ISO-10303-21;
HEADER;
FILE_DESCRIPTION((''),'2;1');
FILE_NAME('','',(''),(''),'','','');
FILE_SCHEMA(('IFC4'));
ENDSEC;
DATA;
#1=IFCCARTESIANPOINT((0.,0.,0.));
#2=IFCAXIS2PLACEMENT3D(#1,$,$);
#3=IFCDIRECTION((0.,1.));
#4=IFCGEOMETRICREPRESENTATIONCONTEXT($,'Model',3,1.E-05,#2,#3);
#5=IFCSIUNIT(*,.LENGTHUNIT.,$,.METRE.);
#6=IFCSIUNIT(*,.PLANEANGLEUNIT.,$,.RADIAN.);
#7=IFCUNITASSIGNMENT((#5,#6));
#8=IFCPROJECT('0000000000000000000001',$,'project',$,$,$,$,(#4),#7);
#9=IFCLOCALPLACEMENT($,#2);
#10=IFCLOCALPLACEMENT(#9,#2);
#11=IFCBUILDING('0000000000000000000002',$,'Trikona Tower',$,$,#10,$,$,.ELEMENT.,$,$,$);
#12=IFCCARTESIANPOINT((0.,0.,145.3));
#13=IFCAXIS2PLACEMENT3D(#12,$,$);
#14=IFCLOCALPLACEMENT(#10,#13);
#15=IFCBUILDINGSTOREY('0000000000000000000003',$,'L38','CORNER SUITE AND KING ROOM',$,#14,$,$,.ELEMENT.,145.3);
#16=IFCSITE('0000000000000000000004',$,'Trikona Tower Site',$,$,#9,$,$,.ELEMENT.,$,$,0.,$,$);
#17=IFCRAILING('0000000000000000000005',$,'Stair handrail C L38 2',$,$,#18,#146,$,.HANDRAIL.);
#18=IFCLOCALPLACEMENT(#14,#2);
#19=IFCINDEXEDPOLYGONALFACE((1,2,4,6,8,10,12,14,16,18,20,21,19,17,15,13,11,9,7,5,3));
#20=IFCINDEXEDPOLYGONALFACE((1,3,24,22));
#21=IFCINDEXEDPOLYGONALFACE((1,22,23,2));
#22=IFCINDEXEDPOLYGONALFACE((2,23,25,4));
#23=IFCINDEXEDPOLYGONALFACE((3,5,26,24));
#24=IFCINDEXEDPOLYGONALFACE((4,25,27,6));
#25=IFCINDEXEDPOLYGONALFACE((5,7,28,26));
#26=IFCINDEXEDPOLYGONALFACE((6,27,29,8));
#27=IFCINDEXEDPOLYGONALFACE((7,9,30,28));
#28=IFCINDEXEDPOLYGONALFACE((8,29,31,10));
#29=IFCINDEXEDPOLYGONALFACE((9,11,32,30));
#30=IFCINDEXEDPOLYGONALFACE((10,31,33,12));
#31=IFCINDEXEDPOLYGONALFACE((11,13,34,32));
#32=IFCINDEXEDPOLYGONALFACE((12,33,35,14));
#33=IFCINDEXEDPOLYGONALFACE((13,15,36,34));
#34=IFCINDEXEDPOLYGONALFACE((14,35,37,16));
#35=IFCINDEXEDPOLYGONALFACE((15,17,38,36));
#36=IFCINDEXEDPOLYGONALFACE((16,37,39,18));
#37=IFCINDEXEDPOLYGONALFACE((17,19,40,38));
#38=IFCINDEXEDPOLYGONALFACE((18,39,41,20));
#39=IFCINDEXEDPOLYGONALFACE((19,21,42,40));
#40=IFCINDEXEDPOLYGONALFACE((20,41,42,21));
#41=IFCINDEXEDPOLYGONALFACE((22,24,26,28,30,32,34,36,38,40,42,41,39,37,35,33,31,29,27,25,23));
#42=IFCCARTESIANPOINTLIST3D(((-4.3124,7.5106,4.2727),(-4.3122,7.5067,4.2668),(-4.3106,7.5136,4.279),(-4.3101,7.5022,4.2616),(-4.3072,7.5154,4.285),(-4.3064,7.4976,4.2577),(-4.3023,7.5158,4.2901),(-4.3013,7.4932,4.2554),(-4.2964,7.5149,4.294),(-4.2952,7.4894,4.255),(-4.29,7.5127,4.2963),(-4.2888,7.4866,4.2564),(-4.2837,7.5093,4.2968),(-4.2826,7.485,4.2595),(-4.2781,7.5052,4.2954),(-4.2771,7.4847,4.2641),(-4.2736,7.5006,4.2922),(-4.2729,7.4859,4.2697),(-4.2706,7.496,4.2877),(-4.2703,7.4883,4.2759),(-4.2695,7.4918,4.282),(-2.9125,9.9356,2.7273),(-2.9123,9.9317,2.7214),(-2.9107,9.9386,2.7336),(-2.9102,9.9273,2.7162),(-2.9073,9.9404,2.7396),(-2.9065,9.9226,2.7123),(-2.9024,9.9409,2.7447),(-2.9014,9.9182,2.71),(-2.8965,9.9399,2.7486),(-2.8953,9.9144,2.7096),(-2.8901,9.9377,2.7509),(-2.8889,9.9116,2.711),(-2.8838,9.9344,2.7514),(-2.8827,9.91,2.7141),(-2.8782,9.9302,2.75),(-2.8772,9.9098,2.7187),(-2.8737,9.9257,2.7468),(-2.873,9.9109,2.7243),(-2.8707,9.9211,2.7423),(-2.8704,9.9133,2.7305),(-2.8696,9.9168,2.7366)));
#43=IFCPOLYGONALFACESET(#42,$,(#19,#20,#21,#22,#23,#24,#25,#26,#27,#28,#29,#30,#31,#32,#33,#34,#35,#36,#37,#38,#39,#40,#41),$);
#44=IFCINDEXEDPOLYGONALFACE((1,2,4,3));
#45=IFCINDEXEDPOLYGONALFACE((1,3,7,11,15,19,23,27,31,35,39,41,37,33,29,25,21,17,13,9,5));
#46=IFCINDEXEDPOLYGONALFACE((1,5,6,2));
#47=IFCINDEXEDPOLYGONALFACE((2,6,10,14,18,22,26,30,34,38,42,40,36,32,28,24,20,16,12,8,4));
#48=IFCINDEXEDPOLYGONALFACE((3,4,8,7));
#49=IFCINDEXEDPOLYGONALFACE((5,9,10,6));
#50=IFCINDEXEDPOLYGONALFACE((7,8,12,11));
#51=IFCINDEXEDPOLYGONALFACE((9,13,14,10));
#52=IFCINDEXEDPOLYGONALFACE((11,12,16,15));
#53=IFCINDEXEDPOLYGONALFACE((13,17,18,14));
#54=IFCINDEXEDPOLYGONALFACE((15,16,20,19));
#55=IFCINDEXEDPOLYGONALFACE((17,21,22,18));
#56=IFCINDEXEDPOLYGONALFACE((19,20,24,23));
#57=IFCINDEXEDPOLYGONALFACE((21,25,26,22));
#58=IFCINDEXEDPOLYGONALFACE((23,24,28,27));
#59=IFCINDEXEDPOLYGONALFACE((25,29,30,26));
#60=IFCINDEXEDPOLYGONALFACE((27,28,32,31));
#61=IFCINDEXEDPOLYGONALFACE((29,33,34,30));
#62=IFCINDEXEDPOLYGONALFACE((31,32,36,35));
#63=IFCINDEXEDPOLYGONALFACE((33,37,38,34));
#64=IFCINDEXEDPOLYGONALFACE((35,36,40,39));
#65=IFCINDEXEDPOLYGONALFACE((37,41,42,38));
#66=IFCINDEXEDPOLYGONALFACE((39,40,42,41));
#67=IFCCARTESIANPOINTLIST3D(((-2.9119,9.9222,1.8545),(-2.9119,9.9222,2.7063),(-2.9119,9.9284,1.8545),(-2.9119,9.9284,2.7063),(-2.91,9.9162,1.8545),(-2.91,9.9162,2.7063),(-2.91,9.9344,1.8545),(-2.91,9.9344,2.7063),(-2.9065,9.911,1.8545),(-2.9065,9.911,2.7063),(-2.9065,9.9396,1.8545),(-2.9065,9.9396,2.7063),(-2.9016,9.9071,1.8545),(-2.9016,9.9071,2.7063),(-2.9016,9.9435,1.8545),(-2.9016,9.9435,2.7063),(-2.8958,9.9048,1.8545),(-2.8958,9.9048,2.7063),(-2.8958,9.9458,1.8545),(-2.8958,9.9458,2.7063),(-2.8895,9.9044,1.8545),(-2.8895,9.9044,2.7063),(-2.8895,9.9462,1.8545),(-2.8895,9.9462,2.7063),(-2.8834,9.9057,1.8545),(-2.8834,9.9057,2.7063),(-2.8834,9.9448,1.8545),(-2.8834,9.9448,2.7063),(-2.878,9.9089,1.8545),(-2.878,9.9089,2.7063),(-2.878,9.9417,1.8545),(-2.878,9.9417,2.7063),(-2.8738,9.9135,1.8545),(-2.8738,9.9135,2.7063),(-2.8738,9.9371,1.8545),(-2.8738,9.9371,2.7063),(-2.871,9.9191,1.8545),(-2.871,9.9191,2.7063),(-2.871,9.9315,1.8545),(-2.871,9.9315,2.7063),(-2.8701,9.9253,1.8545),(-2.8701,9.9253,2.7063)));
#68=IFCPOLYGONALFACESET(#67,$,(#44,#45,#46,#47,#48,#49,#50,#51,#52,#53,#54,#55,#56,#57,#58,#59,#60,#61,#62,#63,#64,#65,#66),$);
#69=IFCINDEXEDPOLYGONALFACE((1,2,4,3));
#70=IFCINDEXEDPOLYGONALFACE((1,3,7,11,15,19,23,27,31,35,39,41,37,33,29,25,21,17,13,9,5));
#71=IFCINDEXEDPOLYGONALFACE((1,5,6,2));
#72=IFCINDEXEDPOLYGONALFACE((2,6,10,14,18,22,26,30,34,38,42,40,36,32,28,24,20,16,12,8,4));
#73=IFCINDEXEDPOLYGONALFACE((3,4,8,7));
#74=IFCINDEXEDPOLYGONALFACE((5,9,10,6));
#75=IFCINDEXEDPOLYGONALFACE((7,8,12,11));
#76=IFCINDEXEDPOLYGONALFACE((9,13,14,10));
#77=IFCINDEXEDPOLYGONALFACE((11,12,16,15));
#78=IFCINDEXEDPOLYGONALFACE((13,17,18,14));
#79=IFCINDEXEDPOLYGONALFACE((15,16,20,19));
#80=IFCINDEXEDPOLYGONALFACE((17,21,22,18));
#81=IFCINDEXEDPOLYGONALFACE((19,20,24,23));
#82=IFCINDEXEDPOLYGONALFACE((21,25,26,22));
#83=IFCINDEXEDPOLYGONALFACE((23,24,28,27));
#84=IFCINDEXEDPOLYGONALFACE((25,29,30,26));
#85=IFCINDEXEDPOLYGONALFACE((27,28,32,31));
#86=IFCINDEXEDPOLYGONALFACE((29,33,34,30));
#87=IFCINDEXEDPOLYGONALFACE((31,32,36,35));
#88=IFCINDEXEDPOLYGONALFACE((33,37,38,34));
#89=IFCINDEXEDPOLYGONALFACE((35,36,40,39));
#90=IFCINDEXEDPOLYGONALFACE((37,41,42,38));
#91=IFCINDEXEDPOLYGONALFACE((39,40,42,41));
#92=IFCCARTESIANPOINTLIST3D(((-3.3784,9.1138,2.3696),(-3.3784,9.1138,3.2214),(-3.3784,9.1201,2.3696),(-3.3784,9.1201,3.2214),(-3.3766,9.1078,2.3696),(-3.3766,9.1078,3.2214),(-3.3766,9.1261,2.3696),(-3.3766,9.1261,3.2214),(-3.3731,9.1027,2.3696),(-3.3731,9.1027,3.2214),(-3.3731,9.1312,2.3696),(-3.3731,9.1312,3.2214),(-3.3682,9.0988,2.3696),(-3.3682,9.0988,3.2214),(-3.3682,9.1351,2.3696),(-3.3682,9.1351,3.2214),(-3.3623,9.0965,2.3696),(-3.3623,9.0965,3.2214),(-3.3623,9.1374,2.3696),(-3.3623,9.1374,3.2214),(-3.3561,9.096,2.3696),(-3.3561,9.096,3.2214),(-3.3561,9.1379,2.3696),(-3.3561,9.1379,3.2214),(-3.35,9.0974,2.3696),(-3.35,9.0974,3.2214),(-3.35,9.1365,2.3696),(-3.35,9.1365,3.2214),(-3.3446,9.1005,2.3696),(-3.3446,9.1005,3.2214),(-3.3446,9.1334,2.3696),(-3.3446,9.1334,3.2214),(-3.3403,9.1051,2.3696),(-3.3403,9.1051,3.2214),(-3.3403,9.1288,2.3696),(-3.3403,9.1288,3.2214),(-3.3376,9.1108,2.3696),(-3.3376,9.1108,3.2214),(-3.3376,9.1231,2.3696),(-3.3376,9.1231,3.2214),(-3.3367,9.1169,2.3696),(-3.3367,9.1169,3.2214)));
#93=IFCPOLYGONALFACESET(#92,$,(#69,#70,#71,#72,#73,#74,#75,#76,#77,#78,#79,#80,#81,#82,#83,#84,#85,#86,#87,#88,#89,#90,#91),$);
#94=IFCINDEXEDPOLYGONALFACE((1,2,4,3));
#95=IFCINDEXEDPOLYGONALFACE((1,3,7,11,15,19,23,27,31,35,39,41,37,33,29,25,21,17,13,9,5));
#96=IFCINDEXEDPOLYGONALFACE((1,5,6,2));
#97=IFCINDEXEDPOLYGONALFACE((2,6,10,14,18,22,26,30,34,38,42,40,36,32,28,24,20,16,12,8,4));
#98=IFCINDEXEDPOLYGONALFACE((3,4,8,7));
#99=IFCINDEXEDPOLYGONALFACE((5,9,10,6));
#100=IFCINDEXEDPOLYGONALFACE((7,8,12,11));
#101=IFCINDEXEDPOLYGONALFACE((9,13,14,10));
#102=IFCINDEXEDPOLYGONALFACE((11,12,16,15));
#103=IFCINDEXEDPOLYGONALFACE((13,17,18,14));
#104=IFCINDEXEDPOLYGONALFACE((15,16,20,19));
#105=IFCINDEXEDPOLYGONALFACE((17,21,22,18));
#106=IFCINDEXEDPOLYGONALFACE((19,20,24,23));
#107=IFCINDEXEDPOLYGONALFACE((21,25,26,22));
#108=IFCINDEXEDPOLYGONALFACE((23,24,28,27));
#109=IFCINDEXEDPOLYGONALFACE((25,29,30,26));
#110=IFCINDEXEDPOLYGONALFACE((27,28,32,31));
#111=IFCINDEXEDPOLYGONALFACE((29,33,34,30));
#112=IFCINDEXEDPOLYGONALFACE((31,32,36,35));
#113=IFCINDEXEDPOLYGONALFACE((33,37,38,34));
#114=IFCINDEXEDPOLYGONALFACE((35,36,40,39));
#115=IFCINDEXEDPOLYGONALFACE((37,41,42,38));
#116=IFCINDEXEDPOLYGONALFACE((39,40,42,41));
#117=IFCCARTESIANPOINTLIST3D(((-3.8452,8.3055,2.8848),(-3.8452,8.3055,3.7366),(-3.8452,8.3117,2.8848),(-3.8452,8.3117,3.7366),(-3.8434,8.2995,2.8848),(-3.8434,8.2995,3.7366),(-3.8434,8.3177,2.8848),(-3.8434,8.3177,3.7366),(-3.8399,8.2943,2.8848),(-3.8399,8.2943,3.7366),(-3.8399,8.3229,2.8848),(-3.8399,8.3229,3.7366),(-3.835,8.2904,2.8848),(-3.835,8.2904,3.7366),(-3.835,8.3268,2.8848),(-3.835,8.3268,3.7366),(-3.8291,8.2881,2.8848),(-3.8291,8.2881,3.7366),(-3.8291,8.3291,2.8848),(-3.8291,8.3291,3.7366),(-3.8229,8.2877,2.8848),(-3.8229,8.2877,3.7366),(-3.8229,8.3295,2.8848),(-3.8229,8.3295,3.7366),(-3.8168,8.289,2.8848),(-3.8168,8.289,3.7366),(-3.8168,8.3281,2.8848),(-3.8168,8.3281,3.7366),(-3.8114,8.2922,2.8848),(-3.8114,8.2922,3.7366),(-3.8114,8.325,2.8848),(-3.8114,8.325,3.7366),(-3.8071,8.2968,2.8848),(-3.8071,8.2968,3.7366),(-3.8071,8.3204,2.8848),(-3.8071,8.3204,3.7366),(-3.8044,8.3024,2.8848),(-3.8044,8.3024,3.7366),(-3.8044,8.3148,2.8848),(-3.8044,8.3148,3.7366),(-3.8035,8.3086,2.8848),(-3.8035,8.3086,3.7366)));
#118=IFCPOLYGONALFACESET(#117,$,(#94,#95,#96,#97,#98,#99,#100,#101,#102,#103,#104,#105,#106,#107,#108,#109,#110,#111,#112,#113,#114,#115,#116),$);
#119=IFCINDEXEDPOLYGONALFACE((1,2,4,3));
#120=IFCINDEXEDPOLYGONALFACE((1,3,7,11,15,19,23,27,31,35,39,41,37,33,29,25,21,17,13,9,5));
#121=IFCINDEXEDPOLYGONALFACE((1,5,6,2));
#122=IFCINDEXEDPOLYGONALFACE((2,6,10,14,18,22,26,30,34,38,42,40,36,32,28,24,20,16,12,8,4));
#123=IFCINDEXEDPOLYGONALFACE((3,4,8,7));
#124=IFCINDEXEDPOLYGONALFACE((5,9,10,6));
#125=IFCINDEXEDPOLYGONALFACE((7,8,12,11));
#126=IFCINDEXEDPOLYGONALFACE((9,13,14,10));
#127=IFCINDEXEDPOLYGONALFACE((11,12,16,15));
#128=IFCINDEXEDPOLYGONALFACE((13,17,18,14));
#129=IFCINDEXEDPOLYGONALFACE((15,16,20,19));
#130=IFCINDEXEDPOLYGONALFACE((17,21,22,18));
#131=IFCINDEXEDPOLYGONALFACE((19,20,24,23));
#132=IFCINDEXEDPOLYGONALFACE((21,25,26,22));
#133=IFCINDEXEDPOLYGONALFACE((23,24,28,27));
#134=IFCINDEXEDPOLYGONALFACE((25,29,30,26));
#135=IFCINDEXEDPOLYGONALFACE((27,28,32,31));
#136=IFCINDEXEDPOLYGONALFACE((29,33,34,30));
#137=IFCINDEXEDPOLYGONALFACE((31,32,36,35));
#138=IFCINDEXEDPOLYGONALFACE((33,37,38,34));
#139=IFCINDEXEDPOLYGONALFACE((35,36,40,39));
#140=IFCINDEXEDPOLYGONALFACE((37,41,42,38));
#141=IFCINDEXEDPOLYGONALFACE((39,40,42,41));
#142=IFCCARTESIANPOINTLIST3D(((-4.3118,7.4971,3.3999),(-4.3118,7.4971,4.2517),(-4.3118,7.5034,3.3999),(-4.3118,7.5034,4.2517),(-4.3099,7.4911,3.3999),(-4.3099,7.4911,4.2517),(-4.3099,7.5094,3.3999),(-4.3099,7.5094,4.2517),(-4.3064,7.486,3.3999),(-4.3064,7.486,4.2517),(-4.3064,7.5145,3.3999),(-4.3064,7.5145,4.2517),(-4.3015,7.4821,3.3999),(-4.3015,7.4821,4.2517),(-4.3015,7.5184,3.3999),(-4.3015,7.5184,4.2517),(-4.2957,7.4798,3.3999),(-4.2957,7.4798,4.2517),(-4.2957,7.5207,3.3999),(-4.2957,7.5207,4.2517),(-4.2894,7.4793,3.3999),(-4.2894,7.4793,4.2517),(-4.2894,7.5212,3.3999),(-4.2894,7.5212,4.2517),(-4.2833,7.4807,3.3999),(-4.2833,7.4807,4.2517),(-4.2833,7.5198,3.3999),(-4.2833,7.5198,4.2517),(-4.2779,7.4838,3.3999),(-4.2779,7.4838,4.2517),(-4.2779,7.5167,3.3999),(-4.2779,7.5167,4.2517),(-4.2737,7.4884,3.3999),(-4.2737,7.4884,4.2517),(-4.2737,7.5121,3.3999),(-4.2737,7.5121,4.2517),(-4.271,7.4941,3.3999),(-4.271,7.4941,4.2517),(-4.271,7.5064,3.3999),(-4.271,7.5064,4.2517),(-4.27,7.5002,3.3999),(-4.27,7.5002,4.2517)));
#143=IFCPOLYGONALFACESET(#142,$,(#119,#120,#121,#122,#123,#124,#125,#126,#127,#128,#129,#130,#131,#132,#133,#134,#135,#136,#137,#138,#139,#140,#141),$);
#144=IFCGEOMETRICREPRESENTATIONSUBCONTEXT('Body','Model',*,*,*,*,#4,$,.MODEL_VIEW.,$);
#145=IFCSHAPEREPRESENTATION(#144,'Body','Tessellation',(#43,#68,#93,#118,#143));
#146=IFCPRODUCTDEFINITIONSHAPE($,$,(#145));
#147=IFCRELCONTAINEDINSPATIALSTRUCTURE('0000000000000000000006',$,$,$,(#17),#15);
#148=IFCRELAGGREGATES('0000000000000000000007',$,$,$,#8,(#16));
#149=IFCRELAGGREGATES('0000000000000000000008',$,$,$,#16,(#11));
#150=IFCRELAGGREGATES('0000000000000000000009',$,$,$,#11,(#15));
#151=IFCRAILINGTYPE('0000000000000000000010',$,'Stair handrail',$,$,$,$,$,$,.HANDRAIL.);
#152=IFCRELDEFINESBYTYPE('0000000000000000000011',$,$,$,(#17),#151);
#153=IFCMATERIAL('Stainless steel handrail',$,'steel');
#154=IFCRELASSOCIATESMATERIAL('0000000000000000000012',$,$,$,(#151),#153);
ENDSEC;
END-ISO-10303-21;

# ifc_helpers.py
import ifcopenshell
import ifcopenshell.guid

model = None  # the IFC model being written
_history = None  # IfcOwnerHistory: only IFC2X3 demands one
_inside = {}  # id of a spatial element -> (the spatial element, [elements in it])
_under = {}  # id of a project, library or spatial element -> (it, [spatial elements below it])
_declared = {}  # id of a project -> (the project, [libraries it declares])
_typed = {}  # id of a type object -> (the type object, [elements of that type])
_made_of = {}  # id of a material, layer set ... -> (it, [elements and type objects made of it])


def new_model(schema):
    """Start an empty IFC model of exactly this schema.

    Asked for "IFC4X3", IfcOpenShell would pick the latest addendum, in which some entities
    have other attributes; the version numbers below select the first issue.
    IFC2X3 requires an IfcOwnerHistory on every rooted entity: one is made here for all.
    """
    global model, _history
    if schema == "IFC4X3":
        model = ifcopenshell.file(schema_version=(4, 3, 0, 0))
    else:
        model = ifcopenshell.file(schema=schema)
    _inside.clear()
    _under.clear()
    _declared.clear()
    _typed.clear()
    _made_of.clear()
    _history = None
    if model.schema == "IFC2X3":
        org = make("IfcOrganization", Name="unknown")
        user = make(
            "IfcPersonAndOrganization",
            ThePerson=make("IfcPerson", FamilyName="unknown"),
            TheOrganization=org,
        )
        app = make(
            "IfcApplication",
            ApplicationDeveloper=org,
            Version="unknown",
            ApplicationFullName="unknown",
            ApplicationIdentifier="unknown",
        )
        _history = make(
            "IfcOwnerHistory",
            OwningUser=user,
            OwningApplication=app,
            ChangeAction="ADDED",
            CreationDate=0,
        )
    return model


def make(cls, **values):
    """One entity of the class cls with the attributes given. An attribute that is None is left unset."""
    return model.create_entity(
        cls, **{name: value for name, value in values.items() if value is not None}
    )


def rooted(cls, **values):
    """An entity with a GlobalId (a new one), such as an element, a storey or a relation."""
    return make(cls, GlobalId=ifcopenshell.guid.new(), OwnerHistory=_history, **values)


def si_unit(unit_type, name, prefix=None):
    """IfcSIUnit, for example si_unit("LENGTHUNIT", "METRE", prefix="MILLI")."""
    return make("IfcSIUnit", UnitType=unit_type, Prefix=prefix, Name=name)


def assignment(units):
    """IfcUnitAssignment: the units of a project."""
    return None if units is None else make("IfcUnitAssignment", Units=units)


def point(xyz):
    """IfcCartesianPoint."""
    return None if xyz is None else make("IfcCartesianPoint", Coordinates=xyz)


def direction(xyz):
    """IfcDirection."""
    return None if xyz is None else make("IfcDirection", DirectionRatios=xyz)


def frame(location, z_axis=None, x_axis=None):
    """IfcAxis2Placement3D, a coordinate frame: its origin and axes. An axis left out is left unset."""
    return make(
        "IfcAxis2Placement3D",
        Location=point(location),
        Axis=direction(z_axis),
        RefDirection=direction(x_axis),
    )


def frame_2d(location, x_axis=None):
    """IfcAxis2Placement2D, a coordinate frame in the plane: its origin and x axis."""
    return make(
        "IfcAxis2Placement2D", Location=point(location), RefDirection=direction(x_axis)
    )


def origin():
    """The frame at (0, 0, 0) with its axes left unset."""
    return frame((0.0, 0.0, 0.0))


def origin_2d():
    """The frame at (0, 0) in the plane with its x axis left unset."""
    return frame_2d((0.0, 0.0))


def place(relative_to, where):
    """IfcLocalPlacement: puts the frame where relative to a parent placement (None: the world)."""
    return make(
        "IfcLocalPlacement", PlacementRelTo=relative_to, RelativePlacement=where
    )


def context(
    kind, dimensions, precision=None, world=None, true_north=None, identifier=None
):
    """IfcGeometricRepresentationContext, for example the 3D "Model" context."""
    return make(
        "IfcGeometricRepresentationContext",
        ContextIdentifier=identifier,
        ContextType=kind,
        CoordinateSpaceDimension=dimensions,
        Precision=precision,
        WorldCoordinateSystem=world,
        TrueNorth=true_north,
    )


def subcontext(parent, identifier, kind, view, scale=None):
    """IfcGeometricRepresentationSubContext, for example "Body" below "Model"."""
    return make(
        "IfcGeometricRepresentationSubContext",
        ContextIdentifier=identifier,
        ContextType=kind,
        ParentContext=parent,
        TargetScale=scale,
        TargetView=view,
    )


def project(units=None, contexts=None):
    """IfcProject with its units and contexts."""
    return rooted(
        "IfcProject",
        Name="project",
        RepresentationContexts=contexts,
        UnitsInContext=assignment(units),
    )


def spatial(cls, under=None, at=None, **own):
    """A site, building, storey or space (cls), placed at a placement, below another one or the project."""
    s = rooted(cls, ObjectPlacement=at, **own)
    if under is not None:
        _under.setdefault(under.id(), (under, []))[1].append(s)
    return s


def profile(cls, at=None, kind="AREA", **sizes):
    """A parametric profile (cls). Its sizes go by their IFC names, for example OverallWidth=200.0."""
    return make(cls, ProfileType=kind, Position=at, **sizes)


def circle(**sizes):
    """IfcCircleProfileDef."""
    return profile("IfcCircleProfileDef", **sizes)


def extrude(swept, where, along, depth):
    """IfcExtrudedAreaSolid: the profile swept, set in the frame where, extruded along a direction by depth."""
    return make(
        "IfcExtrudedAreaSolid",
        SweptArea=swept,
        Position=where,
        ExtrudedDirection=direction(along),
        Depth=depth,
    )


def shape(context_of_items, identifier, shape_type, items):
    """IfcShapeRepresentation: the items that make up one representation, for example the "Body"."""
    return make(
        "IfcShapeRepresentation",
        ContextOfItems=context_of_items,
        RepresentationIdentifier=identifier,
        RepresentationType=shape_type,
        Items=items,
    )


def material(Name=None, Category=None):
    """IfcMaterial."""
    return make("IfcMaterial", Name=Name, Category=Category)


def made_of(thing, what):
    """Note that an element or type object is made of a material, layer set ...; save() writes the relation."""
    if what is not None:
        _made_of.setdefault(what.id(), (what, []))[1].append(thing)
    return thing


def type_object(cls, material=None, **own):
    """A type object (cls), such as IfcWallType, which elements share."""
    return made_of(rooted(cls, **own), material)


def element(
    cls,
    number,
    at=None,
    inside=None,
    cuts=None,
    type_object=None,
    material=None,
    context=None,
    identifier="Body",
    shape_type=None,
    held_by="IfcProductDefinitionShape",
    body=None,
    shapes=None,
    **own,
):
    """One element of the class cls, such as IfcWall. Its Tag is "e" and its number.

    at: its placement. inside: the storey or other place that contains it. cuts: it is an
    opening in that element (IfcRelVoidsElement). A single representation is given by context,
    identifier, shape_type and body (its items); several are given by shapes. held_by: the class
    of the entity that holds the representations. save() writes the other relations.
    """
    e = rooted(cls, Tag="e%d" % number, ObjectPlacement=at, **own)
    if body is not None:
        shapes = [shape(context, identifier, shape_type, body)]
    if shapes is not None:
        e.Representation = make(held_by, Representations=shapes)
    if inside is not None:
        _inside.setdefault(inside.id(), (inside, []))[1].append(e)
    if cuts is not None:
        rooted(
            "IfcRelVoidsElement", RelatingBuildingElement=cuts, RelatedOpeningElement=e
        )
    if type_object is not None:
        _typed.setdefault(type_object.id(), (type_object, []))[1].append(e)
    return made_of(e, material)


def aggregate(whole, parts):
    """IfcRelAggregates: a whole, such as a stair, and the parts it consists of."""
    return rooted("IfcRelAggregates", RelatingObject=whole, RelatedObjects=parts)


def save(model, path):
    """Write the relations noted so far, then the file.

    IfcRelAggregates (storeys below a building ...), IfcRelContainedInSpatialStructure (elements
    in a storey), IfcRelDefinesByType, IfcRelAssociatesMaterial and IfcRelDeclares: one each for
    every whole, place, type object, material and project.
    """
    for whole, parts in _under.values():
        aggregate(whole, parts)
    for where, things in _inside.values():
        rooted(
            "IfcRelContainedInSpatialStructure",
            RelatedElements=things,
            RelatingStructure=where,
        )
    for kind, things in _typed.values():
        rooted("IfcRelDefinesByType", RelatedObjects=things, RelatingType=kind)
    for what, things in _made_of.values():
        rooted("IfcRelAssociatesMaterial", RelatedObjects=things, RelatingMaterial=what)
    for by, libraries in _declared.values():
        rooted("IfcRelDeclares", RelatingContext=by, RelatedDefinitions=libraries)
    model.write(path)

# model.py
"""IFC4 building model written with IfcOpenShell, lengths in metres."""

from ifc_helpers import new_model, si_unit, direction, frame, origin, origin_2d, place, context, subcontext, project, spatial, circle, extrude, material, type_object, element, save


model = new_model("IFC4")

# Units and contexts
model_context = context("Model", 3, precision=1e-05, world=origin(), true_north=direction((0.0, 1.0)))
body_context = subcontext(model_context, "Body", "Model", "MODEL_VIEW")
ifc_project = project(units=[si_unit("LENGTHUNIT", "METRE"), si_unit("PLANEANGLEUNIT", "RADIAN")], contexts=[model_context])

# Site, building, storey
site_placement = place(None, origin())
site = spatial("IfcSite", under=ifc_project, at=site_placement, Name="Trikona Tower Site", CompositionType="ELEMENT", RefElevation=0.0)
building_placement = place(site_placement, origin())
building = spatial("IfcBuilding", under=site, at=building_placement, Name="Trikona Tower", CompositionType="ELEMENT")
storey_placement = place(building_placement, frame((0.0, 0.0, 145.3)))
storey = spatial("IfcBuildingStorey", under=building, at=storey_placement, Name="L38", Description="CORNER SUITE AND KING ROOM", CompositionType="ELEMENT", Elevation=145.3)

# Railing
ifc_material_1 = material(Name="Stainless steel handrail", Category="steel")
railing_type = type_object("IfcRailingType", Name="Stair handrail", PredefinedType="HANDRAIL", material=ifc_material_1)
railing_1_placement = place(storey_placement, frame((-2.8911, 9.9253, 1.8545)))
element("IfcRailing", 1, at=railing_1_placement, inside=storey, type_object=railing_type, Name="Stair handrail C L38 2", PredefinedType="HANDRAIL", context=body_context, shape_type="SweptSolid", body=[
    extrude(circle(Radius=0.0239, at=origin_2d()), frame((0.0, 0.0, 0.876), z_axis=(-0.437707, -0.75824, 0.483203), x_axis=(0.866056, -0.499946, 0.0)), (0.0, 0.0, 1.0), 3.1982),
    extrude(circle(Radius=0.021, at=origin_2d()), origin(), (0.0, 0.0, 1.0), 0.8518),
    extrude(circle(Radius=0.021, at=origin_2d()), frame((-0.4666, -0.8083, 0.5151)), (0.0, 0.0, 1.0), 0.8518),
    extrude(circle(Radius=0.021, at=origin_2d()), frame((-0.9333, -1.6167, 1.0303)), (0.0, 0.0, 1.0), 0.8518),
    extrude(circle(Radius=0.021, at=origin_2d()), frame((-1.3999, -2.425, 1.5454)), (0.0, 0.0, 1.0), 0.8518),
])

save(model, "model.ifc")
